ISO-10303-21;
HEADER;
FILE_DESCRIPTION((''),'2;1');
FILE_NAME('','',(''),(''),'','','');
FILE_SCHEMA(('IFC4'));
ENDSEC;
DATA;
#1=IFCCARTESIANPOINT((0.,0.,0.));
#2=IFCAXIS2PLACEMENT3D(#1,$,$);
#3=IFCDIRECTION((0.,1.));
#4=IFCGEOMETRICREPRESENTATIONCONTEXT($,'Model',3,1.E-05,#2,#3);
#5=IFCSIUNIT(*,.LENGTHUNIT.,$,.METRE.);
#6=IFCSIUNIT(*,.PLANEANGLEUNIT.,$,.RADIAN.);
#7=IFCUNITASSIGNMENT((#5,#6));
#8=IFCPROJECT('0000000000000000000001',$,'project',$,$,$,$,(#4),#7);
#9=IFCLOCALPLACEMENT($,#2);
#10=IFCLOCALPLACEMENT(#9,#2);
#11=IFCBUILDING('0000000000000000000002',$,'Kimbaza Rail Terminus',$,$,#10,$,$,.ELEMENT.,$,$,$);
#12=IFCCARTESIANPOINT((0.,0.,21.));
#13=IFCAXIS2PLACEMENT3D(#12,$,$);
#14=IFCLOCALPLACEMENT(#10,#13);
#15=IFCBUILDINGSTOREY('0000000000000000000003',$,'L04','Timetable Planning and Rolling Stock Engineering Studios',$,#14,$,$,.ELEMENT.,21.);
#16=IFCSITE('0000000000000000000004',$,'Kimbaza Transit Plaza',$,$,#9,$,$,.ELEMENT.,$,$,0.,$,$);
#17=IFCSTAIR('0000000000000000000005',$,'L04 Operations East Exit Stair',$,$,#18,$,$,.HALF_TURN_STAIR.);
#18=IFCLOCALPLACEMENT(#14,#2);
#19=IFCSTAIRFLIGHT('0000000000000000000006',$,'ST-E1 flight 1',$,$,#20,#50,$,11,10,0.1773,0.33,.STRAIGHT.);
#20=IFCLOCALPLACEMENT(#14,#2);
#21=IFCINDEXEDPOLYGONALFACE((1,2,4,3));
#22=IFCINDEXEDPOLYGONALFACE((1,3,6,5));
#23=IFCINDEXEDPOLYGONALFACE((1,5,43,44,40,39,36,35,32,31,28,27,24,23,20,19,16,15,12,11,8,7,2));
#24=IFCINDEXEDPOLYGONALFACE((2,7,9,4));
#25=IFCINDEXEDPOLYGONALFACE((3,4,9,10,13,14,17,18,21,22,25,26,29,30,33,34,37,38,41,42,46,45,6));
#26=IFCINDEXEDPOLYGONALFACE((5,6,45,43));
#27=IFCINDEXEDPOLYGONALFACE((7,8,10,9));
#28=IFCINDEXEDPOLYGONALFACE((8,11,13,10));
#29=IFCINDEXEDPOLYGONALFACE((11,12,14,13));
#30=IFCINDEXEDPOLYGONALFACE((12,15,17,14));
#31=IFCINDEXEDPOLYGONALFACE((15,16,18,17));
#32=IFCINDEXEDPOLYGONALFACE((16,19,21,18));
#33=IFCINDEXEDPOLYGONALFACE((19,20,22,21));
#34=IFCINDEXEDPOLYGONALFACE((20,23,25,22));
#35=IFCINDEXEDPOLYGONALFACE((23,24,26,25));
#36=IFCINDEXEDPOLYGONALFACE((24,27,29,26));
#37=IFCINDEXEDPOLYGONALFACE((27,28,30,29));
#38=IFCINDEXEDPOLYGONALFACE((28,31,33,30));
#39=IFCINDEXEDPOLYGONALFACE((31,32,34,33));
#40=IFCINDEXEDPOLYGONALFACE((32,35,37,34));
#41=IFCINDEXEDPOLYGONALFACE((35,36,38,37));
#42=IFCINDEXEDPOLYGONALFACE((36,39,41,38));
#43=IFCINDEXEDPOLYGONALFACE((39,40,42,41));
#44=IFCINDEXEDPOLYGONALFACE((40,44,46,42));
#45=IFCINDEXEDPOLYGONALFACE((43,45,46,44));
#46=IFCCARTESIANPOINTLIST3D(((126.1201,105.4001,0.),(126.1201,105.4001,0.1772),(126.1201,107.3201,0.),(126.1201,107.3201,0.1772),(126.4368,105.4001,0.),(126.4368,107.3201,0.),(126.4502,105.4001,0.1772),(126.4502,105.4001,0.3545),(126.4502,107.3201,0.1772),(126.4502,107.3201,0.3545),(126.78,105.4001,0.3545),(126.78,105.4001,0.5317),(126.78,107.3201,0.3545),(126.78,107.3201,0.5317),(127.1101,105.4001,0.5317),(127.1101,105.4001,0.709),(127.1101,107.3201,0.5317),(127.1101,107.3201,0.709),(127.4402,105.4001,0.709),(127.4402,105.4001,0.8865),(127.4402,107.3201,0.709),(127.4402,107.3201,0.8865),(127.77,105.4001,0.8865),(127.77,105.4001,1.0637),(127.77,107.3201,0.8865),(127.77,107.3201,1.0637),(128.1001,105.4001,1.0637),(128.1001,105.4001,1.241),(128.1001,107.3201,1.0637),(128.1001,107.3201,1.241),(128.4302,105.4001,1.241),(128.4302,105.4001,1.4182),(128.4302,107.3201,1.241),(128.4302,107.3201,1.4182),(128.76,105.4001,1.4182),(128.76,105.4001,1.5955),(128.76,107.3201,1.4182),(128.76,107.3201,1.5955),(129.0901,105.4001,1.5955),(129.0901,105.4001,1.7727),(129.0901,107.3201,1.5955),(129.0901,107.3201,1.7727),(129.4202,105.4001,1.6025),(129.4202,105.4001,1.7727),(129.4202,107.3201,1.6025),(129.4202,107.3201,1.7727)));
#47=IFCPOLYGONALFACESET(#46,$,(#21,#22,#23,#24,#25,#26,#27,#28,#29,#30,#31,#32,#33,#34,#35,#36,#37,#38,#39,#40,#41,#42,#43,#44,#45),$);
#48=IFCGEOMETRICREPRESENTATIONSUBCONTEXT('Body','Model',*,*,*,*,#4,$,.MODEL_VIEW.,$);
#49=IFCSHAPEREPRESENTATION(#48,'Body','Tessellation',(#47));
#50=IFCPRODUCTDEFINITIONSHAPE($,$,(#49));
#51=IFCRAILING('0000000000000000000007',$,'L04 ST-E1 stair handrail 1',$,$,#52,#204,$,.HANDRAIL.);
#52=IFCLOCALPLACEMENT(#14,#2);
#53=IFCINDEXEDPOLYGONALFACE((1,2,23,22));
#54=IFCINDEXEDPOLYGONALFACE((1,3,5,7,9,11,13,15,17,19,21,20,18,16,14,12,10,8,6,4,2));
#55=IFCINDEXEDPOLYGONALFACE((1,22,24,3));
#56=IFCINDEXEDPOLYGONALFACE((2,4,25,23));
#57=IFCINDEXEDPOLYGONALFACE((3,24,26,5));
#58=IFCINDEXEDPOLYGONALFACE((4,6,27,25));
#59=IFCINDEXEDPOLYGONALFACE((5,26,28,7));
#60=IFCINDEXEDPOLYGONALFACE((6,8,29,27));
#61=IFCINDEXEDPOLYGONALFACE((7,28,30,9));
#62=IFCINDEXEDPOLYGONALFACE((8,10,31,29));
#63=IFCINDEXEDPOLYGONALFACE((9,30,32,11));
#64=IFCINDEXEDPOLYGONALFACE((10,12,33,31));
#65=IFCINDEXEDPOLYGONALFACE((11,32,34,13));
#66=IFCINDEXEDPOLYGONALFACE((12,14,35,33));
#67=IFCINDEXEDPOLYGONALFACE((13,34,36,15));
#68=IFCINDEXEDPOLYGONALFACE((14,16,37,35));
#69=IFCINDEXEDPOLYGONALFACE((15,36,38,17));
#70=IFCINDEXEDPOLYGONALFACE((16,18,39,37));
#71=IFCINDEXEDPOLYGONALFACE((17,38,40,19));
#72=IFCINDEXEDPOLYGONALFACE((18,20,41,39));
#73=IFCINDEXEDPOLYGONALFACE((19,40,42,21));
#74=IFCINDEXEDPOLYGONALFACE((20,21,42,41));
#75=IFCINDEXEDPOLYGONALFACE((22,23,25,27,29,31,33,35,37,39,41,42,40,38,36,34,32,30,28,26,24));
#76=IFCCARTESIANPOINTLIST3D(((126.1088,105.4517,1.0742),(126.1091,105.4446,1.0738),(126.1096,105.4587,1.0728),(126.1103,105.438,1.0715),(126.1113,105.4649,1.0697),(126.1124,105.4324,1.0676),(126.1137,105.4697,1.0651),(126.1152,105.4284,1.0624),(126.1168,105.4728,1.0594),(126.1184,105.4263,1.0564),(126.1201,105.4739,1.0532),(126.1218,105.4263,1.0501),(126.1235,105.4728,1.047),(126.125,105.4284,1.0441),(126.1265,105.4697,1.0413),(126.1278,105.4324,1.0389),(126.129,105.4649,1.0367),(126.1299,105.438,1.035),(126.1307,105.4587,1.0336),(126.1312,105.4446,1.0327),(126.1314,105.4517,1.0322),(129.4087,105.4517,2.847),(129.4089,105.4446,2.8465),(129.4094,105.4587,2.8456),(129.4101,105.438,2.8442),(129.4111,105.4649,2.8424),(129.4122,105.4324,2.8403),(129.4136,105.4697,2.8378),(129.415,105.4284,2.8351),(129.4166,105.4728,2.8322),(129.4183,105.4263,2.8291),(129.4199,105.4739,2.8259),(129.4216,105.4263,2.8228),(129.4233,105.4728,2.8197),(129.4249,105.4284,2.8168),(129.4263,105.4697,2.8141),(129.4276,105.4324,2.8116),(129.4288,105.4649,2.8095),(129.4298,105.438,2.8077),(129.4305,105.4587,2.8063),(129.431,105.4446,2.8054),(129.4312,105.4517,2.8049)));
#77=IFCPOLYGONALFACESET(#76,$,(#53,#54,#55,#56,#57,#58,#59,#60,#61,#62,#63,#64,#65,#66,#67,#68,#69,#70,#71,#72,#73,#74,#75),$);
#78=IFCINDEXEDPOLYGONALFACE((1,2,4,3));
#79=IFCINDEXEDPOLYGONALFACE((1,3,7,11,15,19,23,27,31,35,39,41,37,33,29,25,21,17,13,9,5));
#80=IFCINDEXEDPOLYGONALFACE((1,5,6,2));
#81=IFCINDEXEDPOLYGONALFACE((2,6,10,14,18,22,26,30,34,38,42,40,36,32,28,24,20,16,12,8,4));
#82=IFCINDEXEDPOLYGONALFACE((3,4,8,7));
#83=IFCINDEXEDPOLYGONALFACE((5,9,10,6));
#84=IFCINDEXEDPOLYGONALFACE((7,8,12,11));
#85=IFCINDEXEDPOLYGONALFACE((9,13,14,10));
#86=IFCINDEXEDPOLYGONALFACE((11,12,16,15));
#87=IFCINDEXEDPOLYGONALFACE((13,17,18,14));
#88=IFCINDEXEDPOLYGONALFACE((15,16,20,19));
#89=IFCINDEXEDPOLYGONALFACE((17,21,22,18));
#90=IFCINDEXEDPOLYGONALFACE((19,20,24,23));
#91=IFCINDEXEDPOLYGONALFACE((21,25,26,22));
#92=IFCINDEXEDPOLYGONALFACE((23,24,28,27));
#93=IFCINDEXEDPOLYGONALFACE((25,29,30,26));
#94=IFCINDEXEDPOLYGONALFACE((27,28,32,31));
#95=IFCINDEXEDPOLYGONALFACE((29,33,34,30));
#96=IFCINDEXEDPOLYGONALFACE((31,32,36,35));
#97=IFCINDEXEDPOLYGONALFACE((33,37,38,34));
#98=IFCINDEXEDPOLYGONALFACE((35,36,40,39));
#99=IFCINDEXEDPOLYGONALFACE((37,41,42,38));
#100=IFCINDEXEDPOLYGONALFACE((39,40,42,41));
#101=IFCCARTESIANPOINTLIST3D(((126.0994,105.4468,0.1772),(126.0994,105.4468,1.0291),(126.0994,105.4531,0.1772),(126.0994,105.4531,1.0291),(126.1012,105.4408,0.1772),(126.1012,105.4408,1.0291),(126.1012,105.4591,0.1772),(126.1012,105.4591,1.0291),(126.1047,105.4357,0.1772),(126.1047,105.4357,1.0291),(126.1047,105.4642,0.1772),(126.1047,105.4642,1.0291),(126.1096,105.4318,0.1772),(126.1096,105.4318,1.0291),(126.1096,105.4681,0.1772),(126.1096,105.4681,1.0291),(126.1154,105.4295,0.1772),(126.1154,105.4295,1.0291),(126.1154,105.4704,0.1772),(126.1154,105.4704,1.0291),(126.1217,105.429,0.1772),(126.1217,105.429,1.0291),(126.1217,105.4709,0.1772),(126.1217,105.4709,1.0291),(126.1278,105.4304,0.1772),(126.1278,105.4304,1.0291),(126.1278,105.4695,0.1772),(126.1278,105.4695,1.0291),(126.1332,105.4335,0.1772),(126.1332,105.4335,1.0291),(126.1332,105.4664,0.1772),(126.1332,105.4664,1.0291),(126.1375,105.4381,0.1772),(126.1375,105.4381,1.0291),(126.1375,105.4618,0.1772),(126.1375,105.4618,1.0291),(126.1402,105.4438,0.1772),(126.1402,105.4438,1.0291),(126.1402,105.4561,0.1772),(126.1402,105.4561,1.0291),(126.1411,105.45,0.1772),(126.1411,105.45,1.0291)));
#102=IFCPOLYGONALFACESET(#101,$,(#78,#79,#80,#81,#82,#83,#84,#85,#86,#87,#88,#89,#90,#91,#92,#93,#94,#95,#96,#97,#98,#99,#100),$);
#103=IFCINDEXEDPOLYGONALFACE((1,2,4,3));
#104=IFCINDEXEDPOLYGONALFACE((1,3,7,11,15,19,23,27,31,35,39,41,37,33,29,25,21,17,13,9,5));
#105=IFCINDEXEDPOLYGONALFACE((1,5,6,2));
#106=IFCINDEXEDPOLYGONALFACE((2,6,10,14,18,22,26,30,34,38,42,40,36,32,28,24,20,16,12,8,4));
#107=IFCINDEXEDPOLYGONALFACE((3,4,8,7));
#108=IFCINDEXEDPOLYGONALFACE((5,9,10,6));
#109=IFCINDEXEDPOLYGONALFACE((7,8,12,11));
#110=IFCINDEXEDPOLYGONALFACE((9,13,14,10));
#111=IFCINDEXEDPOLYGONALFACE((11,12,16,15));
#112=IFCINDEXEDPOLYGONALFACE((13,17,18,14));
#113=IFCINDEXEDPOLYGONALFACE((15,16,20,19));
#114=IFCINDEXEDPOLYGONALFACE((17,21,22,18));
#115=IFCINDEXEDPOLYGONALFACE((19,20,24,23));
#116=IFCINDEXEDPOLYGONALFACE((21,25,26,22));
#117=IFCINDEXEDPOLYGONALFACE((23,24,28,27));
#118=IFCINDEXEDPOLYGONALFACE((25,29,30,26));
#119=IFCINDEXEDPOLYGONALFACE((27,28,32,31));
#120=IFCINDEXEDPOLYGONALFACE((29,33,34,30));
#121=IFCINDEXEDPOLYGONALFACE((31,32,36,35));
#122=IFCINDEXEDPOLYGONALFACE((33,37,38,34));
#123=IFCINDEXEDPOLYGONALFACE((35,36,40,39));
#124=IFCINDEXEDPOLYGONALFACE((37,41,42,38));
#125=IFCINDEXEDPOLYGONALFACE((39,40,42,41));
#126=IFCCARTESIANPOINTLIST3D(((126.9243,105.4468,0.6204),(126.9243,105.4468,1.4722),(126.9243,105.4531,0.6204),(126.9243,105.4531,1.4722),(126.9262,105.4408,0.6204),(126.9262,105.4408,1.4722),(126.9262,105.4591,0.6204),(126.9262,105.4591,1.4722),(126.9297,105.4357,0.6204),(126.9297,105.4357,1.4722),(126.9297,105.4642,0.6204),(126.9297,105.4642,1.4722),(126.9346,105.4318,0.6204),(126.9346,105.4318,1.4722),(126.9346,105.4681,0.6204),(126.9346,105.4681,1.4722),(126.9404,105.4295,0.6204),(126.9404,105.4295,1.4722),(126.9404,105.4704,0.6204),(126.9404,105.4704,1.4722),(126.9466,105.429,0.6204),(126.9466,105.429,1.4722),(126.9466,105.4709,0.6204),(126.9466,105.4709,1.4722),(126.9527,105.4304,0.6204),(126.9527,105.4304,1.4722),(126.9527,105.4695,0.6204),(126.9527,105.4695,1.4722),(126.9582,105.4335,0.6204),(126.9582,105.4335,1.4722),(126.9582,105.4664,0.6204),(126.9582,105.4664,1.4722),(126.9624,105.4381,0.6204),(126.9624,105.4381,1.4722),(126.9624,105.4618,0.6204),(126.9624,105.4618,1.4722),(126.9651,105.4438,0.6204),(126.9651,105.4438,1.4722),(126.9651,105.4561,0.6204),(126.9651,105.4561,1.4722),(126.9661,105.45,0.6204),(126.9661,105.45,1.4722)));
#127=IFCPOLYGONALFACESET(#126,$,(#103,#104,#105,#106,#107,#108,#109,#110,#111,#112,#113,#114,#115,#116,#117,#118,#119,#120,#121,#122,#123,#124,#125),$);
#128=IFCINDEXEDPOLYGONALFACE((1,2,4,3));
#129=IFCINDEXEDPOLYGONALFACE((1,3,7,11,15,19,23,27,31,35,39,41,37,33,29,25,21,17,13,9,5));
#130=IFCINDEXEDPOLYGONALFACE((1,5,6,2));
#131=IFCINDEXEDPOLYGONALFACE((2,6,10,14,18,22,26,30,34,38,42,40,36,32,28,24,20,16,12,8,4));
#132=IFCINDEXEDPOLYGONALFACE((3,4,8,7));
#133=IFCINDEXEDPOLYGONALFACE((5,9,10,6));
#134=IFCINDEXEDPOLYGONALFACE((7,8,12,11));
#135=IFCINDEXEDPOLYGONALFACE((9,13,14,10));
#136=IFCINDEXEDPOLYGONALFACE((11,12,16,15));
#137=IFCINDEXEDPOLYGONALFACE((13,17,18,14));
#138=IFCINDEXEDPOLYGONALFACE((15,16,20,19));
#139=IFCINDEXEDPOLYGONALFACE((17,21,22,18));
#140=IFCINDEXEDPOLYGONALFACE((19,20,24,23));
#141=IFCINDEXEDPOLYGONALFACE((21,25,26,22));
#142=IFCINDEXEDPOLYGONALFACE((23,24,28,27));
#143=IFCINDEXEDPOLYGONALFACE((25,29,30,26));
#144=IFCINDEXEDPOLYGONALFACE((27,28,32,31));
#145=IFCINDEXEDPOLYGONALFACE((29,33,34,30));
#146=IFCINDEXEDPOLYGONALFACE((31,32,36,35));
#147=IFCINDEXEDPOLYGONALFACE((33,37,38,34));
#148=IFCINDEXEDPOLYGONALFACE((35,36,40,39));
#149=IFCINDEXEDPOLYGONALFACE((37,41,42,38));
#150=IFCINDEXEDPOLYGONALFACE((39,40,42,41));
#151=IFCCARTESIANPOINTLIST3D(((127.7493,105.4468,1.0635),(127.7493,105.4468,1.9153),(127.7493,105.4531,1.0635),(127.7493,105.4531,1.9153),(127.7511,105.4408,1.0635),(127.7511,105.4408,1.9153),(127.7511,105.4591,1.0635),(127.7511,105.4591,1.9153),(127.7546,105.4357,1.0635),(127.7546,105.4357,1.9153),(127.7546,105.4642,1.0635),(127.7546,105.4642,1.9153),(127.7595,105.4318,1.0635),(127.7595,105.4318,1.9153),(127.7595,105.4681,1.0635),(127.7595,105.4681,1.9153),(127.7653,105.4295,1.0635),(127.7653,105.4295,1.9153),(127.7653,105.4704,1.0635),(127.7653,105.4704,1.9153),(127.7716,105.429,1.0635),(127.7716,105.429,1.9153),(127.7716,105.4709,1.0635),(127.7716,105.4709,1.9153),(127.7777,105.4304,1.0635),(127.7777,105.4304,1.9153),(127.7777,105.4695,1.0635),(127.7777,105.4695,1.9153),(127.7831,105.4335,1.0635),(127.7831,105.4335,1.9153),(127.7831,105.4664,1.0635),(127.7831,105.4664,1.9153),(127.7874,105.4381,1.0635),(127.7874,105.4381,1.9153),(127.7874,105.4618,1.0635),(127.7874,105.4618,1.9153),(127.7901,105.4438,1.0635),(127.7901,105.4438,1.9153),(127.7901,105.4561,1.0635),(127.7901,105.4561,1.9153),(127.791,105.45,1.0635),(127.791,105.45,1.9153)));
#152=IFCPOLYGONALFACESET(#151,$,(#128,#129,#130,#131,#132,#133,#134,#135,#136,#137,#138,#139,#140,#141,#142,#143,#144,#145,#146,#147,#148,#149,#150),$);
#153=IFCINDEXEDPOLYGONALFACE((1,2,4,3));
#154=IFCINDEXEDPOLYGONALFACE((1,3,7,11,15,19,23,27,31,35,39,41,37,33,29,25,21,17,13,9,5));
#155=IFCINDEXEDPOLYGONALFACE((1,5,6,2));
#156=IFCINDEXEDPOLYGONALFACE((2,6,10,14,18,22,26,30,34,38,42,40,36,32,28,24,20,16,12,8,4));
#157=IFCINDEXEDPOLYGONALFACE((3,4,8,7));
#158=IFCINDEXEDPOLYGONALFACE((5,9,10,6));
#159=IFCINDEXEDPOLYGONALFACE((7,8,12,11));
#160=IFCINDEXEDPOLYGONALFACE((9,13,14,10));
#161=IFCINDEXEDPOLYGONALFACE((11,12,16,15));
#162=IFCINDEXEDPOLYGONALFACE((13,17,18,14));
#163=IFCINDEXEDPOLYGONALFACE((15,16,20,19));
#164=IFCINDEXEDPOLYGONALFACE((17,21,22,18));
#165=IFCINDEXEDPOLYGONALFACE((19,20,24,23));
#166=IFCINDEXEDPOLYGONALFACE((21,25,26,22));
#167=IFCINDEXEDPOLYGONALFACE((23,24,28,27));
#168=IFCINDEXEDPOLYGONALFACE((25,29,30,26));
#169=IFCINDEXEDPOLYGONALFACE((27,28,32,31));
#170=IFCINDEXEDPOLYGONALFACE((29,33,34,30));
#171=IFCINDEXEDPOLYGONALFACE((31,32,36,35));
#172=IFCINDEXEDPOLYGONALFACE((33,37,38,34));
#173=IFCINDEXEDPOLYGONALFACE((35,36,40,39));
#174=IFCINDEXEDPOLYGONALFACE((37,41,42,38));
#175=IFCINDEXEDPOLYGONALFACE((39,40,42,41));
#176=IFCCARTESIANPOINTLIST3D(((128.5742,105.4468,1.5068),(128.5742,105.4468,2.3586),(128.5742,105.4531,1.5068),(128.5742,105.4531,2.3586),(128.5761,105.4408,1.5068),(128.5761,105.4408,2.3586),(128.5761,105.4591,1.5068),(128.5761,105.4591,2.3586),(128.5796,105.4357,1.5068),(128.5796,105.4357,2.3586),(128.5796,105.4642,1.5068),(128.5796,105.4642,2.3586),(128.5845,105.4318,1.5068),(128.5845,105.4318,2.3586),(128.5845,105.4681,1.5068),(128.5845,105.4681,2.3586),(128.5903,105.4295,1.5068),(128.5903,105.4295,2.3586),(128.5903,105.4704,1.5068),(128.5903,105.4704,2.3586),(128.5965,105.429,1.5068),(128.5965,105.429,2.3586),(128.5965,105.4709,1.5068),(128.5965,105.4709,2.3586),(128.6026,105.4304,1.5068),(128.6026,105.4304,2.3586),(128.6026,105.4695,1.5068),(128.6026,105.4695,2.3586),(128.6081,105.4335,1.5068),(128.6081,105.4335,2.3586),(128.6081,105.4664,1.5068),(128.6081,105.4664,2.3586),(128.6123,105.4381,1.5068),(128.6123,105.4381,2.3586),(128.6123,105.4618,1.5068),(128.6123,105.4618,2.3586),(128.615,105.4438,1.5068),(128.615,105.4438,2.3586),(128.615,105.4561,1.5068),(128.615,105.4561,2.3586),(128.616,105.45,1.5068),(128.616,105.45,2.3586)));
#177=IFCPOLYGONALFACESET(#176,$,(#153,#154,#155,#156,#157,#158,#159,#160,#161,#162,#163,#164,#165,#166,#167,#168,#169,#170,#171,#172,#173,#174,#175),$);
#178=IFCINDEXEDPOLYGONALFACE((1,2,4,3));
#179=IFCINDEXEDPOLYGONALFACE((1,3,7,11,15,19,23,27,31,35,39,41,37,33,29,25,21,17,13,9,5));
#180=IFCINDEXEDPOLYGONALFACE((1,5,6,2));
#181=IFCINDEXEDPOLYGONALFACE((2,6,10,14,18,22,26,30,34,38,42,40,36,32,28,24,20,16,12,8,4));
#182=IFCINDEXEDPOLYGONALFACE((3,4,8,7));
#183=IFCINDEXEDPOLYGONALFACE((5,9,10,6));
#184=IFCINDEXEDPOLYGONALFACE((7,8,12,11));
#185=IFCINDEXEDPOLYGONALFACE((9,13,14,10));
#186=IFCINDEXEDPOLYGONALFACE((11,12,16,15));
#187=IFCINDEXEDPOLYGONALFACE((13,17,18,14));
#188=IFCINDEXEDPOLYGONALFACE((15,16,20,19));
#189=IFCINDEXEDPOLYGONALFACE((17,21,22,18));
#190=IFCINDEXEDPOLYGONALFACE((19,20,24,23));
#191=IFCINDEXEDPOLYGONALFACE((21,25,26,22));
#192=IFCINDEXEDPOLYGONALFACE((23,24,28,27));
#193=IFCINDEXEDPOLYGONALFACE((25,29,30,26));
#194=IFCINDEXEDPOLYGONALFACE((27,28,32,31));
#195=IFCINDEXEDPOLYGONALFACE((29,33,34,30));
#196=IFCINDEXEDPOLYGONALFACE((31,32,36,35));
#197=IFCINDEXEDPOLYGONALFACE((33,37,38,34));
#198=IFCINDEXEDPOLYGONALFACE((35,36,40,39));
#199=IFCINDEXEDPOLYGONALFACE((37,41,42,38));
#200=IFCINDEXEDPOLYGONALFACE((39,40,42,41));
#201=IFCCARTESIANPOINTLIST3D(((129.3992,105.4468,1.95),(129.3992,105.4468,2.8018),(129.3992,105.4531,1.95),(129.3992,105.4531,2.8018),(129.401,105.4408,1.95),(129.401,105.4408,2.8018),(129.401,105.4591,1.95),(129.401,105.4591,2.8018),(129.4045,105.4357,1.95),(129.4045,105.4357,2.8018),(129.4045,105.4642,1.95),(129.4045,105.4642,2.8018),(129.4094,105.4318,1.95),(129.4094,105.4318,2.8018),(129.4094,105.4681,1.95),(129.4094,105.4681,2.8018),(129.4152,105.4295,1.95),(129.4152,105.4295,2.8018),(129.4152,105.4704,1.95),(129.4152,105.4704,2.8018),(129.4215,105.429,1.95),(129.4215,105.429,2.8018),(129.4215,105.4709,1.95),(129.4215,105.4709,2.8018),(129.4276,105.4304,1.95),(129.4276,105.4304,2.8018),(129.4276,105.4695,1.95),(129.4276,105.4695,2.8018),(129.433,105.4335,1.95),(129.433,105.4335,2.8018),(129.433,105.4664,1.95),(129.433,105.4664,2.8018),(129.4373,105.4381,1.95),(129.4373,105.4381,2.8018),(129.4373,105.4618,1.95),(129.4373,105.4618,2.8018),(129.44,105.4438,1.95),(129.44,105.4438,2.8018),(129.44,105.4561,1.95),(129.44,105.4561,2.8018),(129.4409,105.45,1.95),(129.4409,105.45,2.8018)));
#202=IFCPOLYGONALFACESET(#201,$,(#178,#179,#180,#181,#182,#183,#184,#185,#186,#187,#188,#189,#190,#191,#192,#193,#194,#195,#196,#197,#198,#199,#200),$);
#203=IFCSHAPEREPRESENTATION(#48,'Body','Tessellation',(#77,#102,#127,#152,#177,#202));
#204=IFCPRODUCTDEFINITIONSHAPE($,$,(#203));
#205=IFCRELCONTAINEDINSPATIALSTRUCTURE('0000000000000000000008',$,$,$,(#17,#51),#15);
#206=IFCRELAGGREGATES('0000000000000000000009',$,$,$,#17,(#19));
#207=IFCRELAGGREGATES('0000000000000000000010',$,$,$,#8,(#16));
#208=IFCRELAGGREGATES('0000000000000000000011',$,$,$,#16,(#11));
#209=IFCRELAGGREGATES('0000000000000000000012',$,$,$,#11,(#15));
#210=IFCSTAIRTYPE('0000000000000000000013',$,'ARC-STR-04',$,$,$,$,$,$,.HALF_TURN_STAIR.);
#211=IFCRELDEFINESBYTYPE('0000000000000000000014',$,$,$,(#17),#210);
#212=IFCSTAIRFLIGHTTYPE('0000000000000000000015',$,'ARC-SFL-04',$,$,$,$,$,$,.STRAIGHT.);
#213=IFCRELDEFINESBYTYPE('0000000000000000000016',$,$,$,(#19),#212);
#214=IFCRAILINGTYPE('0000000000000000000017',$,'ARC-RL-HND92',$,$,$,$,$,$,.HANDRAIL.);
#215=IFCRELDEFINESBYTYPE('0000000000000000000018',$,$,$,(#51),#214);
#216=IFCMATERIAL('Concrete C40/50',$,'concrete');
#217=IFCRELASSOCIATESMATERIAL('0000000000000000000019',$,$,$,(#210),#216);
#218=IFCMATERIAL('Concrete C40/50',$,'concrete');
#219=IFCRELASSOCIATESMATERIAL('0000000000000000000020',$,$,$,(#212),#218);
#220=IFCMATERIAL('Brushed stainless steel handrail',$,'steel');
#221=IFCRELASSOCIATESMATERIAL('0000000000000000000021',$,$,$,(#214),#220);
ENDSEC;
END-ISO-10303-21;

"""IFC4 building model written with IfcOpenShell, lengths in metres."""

from ifc_helpers import new_model, si_unit, direction, frame, origin, origin_2d, place, context, subcontext, project, spatial, polyline, circle, outline, extrude, material, type_object, element, aggregate, save


model = new_model("IFC4")

# Units and contexts
model_context = context("Model", 3, precision=1e-05, world=origin(), true_north=direction((0.0, 1.0)))
body_context = subcontext(model_context, "Body", "Model", "MODEL_VIEW")
ifc_project = project(units=[si_unit("LENGTHUNIT", "METRE"), si_unit("PLANEANGLEUNIT", "RADIAN")], contexts=[model_context])

# Site, building, storey
site_placement = place(None, origin())
site = spatial("IfcSite", under=ifc_project, at=site_placement, Name="Kimbaza Transit Plaza", CompositionType="ELEMENT", RefElevation=0.0)
building_placement = place(site_placement, origin())
building = spatial("IfcBuilding", under=site, at=building_placement, Name="Kimbaza Rail Terminus", CompositionType="ELEMENT")
storey_placement = place(building_placement, frame((0.0, 0.0, 21.0)))
storey = spatial("IfcBuildingStorey", under=building, at=storey_placement, Name="L04", Description="Timetable Planning and Rolling Stock Engineering Studios", CompositionType="ELEMENT", Elevation=21.0)

# Stair, stair flight
ifc_material_1 = material(Name="Concrete C40/50", Category="concrete")
stair_type = type_object("IfcStairType", Name="ARC-STR-04", PredefinedType="HALF_TURN_STAIR", material=ifc_material_1)
stair_placement = place(storey_placement, origin())
stair = element("IfcStair", 1, at=stair_placement, inside=storey, type_object=stair_type, Name="L04 Operations East Exit Stair", PredefinedType="HALF_TURN_STAIR")
ifc_material_2 = material(Name="Concrete C40/50", Category="concrete")
stair_flight_type = type_object("IfcStairFlightType", Name="ARC-SFL-04", PredefinedType="STRAIGHT", material=ifc_material_2)
stair_flight_placement = place(storey_placement, frame((126.1201, 106.3601, 0.0), z_axis=(0.0, 0.0, 1.0), x_axis=(1.0, 0.0, 0.0)))
stair_flight = element("IfcStairFlight", 2, at=stair_flight_placement, type_object=stair_flight_type, Name="ST-E1 flight 1", NumberOfRisers=11, NumberOfTreads=10, PredefinedType="STRAIGHT", RiserHeight=0.1773, TreadLength=0.33, context=body_context, shape_type="SweptSolid", body=[
    extrude(outline(polyline([(0.0, 0.0), (0.0, 0.1772), (0.3301, 0.1772), (0.3301, 0.3545), (0.6599, 0.3545), (0.6599, 0.5317), (0.99, 0.5317), (0.99, 0.709), (1.3201, 0.709), (1.3201, 0.8865), (1.6499, 0.8865), (1.6499, 1.0637), (1.98, 1.0637), (1.98, 1.241), (2.3101, 1.241), (2.3101, 1.4182), (2.6399, 1.4182), (2.6399, 1.5955), (2.97, 1.5955), (2.97, 1.7727), (3.3, 1.7727), (3.3, 1.95), (3.3, 1.6025), (0.3167, 0.0), (0.0, 0.0)])), frame((0.0, 0.96, 0.0), z_axis=(0.0, -1.0, 0.0), x_axis=(1.0, 0.0, 0.0)), (0.0, 0.0, 1.0), 1.9199),
])
aggregate(stair, [stair_flight])

# Railing
ifc_material_3 = material(Name="Brushed stainless steel handrail", Category="steel")
railing_type_1 = type_object("IfcRailingType", Name="ARC-RL-HND92", PredefinedType="HANDRAIL", material=ifc_material_3)
railing_1_placement = place(storey_placement, frame((126.1201, 105.45, 0.1772)))
element("IfcRailing", 3, at=railing_1_placement, inside=storey, type_object=railing_type_1, Name="L04 ST-E1 stair handrail 1", PredefinedType="HANDRAIL", context=body_context, shape_type="SweptSolid", body=[
    extrude(circle(Radius=0.0239, at=origin_2d()), frame((0.0, 0.0, 0.876), z_axis=(0.880929, 0.0, 0.473248), x_axis=(0.0, 1.0, 0.0)), (0.0, 0.0, 1.0), 3.7458),
    extrude(circle(Radius=0.021, at=origin_2d()), origin(), (0.0, 0.0, 1.0), 0.8518),
    extrude(circle(Radius=0.021, at=origin_2d()), frame((0.825, 0.0, 0.4431)), (0.0, 0.0, 1.0), 0.8518),
    extrude(circle(Radius=0.021, at=origin_2d()), frame((1.6499, 0.0, 0.8862)), (0.0, 0.0, 1.0), 0.8518),
    extrude(circle(Radius=0.021, at=origin_2d()), frame((2.4749, 0.0, 1.3296)), (0.0, 0.0, 1.0), 0.8518),
    extrude(circle(Radius=0.021, at=origin_2d()), frame((3.2998, 0.0, 1.7727)), (0.0, 0.0, 1.0), 0.8518),
])

save(model, "model.ifc")
